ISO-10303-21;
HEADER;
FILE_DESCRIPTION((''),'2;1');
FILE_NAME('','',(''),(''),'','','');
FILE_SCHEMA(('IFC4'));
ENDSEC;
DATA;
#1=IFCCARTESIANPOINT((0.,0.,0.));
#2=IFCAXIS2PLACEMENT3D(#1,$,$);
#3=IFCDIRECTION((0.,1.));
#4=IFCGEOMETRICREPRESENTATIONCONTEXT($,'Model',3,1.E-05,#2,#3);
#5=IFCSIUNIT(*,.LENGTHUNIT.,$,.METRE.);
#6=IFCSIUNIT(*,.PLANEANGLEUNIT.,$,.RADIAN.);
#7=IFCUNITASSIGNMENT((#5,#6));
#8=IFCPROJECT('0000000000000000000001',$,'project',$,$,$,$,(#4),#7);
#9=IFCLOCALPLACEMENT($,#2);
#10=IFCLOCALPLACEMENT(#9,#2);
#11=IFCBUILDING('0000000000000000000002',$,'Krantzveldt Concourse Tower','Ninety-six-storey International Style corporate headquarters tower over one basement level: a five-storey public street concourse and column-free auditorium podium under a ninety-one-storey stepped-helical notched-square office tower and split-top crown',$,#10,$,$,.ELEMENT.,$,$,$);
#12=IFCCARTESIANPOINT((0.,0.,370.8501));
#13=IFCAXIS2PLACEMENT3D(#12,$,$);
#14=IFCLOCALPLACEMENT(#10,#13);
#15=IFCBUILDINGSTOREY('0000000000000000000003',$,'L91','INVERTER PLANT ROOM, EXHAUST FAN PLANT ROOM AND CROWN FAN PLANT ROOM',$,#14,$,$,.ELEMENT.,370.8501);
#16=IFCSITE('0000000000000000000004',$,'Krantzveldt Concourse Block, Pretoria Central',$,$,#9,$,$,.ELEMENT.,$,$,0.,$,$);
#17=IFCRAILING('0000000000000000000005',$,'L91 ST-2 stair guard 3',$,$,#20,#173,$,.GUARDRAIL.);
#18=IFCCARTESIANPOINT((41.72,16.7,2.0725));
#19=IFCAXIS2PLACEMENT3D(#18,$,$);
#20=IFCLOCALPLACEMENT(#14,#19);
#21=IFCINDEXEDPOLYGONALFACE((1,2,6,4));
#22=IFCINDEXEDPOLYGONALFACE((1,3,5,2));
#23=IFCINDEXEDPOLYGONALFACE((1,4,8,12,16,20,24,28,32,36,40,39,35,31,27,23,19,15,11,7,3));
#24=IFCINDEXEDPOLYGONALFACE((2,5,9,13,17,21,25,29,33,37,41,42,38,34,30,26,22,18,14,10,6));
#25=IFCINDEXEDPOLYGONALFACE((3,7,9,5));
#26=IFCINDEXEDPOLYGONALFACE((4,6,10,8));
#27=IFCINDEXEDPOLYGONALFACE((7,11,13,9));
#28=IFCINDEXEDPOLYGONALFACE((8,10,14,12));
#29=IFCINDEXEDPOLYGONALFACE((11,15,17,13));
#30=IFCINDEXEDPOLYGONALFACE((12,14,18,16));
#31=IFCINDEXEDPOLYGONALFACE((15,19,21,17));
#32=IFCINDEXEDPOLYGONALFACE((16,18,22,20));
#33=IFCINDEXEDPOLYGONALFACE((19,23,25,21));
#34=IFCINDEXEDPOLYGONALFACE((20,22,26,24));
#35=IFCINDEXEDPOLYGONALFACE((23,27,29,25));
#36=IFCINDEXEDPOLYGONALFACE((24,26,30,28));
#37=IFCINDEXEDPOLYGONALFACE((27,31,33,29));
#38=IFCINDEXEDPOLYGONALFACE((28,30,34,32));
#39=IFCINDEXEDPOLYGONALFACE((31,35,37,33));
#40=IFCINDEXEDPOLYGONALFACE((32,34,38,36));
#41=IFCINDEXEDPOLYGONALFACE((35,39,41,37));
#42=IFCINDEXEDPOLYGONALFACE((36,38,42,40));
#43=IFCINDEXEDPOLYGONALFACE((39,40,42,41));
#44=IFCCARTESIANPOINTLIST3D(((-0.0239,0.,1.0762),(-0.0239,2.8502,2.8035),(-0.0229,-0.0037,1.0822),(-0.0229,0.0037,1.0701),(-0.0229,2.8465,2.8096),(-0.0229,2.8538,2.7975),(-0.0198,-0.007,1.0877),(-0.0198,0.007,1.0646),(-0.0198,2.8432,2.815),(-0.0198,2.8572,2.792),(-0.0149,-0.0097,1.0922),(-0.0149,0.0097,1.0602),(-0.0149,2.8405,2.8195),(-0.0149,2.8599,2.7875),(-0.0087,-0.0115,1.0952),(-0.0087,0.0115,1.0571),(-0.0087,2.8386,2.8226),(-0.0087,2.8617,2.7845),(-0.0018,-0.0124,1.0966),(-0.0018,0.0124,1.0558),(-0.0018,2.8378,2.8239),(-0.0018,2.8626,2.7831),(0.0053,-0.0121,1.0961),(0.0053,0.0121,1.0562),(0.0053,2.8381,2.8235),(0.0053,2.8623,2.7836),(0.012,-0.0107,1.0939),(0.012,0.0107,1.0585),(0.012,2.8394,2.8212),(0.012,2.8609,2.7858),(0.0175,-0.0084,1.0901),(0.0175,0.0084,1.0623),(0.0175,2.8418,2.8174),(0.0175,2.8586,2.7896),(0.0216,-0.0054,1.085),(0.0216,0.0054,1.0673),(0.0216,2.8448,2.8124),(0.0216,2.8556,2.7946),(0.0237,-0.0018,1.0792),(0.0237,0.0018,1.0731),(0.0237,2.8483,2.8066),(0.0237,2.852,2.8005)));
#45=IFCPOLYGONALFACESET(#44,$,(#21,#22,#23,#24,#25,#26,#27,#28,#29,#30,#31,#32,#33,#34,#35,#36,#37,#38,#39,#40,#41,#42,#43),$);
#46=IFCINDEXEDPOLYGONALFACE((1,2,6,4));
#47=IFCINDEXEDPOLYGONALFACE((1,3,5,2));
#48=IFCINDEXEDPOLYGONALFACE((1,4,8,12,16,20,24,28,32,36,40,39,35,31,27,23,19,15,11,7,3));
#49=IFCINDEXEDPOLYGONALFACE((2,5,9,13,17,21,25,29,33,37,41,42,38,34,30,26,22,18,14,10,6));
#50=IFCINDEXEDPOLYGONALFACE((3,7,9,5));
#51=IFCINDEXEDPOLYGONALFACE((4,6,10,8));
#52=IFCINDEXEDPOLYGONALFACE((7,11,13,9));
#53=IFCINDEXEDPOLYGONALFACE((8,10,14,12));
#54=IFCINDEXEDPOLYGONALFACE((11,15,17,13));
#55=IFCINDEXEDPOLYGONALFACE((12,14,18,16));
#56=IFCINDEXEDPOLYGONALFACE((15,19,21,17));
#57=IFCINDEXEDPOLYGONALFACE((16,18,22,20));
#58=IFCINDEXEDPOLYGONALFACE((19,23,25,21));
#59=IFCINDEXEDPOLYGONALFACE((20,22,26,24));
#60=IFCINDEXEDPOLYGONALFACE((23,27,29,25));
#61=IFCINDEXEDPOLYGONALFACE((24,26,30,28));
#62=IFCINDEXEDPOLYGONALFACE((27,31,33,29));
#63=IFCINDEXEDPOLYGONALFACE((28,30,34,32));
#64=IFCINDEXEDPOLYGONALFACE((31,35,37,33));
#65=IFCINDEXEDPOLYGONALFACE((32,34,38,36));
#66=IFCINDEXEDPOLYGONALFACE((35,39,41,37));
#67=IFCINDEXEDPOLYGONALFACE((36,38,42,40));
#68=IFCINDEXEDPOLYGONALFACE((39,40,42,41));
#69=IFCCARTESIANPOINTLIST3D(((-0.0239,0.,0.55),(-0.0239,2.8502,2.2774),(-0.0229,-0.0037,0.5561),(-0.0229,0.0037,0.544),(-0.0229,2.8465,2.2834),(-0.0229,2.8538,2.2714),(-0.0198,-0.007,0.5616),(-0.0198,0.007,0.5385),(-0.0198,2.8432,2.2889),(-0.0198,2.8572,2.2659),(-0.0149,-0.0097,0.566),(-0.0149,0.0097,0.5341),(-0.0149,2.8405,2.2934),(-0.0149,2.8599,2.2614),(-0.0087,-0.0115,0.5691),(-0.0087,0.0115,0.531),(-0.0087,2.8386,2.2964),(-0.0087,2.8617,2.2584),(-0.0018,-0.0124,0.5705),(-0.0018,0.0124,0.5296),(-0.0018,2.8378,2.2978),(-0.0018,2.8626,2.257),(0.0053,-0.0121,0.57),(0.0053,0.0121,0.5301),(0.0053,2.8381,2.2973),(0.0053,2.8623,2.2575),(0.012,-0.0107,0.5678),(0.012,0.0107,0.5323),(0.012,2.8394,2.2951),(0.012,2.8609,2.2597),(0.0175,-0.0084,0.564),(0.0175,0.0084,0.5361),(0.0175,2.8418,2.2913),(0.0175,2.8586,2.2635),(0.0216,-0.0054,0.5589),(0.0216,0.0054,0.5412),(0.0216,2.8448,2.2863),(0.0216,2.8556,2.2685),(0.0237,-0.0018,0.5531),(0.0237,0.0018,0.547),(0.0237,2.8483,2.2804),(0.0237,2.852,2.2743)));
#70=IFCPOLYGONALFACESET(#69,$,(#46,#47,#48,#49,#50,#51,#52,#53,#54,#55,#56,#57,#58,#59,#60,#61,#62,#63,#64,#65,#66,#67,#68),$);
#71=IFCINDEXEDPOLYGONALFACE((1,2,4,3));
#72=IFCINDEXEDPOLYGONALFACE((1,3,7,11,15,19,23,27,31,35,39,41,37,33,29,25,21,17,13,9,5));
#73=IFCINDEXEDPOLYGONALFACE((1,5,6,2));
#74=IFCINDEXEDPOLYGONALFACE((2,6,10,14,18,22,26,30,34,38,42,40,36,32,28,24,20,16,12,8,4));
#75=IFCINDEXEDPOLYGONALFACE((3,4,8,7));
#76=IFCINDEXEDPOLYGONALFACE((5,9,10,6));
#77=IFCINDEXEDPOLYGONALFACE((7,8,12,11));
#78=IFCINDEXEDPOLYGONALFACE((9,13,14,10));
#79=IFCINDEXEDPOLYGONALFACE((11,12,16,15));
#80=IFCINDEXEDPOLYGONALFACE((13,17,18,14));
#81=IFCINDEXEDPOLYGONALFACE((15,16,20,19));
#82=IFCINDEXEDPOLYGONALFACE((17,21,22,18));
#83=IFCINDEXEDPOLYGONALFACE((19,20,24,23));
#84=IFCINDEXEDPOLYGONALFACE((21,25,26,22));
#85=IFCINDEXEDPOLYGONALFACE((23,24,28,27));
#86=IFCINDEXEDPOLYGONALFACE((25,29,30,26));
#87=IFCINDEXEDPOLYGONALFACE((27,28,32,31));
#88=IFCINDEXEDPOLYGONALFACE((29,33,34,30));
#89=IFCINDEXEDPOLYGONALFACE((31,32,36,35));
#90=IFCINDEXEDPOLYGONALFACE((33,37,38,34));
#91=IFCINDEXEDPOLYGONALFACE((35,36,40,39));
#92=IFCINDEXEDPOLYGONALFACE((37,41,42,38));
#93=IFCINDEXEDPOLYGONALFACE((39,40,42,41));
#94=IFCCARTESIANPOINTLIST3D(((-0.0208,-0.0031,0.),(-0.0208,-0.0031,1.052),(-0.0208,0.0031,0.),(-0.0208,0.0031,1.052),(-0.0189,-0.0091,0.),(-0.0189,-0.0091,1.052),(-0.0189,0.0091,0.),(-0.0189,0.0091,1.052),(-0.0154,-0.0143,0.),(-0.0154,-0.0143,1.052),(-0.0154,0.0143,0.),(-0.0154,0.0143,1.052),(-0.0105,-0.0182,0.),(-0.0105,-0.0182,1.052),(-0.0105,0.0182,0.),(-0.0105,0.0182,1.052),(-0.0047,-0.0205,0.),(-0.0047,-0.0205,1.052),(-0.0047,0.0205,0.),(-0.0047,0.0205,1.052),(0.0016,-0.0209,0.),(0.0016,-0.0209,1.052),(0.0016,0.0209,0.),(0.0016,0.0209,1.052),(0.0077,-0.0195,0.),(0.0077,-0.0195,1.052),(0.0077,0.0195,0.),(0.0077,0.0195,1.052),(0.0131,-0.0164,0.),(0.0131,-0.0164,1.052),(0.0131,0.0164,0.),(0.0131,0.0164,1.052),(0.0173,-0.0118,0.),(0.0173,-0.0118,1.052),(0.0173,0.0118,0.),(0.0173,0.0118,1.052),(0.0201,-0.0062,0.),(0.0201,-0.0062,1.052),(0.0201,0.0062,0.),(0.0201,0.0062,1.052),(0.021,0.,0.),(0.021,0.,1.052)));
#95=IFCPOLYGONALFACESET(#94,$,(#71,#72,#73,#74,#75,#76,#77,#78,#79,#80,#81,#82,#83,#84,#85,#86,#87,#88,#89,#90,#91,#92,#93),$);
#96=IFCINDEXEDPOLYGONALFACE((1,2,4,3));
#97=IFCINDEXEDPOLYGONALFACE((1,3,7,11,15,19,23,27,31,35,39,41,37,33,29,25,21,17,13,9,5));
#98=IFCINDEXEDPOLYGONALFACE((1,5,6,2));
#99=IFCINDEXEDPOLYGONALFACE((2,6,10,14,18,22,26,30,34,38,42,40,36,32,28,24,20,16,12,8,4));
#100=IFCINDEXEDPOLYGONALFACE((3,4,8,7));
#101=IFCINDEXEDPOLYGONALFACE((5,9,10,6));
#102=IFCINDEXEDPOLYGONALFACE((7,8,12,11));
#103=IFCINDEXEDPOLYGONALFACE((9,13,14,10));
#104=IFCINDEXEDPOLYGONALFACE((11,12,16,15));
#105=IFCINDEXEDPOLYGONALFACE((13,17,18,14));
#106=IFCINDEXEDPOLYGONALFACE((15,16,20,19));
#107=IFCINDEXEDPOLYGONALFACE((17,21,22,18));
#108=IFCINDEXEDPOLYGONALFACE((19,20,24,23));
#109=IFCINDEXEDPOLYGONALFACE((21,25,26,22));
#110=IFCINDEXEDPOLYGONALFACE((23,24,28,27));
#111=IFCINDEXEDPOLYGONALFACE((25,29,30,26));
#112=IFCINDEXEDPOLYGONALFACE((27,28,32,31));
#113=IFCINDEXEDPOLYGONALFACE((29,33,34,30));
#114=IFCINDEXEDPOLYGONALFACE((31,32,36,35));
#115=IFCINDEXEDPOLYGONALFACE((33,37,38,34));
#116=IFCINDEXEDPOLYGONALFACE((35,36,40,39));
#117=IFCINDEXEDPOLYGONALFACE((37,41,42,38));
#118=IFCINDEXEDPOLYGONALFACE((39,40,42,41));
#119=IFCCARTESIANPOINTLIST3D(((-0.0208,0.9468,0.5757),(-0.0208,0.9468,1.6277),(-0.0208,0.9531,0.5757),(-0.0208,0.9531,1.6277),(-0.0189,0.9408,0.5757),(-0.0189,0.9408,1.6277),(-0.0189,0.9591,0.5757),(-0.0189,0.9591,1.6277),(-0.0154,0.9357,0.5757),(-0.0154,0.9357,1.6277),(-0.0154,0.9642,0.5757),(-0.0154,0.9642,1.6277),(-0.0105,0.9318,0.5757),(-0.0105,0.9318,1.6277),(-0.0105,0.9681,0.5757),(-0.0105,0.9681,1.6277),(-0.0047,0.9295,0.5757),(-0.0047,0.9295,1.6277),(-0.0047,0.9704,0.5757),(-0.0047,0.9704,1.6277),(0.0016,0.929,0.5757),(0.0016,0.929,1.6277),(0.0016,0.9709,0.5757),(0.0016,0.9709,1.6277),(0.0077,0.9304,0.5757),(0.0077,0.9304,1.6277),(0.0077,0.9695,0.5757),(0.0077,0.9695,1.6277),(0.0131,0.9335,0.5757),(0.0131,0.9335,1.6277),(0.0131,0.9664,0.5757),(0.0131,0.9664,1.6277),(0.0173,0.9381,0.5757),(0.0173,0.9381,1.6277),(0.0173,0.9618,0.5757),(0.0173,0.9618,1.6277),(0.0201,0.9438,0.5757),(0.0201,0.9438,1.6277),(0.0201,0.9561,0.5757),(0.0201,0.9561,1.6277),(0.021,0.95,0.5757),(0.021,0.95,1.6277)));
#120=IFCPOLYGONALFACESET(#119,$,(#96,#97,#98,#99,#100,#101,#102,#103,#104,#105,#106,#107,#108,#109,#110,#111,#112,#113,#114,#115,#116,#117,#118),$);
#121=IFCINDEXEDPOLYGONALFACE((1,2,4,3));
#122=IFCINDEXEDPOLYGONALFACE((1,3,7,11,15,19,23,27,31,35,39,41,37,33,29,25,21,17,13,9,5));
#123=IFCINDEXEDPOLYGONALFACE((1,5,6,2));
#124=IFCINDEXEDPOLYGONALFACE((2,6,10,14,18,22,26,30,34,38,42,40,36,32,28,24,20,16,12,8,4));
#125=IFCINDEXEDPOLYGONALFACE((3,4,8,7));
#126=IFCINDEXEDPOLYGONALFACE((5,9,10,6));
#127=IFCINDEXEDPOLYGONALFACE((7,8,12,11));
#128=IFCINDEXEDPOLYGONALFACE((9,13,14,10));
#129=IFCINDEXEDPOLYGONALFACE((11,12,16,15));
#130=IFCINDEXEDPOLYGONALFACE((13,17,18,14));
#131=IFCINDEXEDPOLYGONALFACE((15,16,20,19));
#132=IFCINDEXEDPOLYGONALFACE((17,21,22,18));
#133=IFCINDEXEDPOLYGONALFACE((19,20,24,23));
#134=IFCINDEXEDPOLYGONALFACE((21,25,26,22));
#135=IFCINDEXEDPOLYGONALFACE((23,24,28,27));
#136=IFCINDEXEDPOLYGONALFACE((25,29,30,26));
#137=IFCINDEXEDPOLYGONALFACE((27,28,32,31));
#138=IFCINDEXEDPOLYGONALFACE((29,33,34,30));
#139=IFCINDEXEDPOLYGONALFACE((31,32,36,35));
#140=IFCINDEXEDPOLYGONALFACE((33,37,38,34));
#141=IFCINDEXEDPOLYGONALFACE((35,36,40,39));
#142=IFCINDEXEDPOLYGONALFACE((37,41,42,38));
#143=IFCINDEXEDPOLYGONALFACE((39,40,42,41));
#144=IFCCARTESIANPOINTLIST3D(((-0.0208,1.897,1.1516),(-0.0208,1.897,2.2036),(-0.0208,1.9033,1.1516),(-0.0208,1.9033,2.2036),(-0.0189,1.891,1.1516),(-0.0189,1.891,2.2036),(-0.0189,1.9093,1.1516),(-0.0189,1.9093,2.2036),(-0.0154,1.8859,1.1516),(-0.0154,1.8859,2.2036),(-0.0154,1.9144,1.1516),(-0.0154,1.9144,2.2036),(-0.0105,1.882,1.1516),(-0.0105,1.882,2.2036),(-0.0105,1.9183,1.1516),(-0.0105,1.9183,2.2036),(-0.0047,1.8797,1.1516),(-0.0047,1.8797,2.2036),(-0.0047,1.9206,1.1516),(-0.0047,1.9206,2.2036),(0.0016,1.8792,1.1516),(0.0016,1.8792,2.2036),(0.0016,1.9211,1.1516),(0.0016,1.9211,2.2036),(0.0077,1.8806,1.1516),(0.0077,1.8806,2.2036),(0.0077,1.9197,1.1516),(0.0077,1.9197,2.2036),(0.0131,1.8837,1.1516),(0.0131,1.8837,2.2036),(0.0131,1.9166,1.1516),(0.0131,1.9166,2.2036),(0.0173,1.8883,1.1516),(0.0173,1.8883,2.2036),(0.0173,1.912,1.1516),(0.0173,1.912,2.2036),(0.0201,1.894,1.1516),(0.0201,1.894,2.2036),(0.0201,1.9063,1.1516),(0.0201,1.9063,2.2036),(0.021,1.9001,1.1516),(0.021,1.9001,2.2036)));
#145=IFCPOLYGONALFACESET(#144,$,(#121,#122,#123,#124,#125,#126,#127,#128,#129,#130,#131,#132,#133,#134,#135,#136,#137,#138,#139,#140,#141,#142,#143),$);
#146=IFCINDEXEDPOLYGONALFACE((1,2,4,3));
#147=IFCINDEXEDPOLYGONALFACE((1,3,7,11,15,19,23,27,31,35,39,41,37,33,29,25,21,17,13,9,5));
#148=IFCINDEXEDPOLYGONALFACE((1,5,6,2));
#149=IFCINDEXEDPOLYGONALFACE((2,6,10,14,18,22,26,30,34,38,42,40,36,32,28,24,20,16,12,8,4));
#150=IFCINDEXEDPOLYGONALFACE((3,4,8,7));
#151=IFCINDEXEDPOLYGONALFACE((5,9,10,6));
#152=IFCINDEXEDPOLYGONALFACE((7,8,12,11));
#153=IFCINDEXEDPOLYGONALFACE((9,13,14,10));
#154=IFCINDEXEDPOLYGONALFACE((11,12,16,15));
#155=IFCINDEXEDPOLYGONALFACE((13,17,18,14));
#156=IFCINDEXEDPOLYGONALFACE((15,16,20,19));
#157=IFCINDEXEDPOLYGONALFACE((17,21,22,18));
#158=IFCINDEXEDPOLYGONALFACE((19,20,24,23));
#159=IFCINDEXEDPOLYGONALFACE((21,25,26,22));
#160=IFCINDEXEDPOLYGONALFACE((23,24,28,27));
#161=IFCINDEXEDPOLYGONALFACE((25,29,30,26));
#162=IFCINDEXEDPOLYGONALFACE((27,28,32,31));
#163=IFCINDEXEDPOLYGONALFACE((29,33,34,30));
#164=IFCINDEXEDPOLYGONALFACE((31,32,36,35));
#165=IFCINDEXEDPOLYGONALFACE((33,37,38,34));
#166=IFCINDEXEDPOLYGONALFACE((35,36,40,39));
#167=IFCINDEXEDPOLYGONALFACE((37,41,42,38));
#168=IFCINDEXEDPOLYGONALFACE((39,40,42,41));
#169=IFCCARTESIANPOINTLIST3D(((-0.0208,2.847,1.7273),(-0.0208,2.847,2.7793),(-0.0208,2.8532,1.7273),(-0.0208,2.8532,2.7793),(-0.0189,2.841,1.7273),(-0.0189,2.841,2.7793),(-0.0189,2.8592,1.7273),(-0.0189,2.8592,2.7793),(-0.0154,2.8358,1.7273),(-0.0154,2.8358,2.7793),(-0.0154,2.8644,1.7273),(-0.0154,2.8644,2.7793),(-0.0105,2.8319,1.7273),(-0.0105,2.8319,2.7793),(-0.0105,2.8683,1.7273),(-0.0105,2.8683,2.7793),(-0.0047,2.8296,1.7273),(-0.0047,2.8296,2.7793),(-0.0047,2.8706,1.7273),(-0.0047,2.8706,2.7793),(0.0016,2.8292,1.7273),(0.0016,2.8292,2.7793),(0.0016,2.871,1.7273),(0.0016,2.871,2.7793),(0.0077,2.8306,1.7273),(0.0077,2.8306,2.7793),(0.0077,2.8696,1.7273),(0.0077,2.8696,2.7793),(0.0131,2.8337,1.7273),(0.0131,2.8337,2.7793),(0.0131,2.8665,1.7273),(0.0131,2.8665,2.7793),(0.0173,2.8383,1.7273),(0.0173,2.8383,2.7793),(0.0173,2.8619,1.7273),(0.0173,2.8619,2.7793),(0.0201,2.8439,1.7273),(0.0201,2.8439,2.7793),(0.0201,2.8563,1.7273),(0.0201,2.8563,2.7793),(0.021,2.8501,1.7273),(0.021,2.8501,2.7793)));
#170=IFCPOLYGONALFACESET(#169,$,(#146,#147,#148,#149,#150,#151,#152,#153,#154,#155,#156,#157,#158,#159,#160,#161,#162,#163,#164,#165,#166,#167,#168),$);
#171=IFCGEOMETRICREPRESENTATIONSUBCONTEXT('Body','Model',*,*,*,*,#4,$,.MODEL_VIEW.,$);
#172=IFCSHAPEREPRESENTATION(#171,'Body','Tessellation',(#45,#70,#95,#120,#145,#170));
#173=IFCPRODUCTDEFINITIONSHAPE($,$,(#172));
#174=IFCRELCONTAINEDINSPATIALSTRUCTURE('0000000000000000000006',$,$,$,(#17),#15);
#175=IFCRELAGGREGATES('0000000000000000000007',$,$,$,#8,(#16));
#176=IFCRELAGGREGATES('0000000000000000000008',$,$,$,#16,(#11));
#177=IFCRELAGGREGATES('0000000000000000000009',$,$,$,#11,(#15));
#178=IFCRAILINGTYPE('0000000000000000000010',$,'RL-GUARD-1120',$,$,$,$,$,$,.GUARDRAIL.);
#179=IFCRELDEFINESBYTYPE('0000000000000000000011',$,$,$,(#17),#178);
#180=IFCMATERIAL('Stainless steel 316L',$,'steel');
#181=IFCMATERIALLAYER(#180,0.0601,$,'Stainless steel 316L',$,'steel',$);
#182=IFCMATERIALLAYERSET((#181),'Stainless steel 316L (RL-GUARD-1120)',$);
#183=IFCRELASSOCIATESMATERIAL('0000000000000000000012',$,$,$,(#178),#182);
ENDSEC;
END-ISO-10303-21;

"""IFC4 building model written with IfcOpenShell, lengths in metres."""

from ifc_helpers import new_model, si_unit, direction, frame, origin, origin_2d, place, context, subcontext, project, spatial, circle, extrude, material, layer, layer_set, type_object, element, save


model = new_model("IFC4")

# Units and contexts
model_context = context("Model", 3, precision=1e-05, world=origin(), true_north=direction((0.0, 1.0)))
body_context = subcontext(model_context, "Body", "Model", "MODEL_VIEW")
ifc_project = project(units=[si_unit("LENGTHUNIT", "METRE"), si_unit("PLANEANGLEUNIT", "RADIAN")], contexts=[model_context])

# Site, building, storey
site_placement = place(None, origin())
site = spatial("IfcSite", under=ifc_project, at=site_placement, Name="Krantzveldt Concourse Block, Pretoria Central", CompositionType="ELEMENT", RefElevation=0.0)
building_placement = place(site_placement, origin())
building = spatial("IfcBuilding", under=site, at=building_placement, Name="Krantzveldt Concourse Tower", Description="Ninety-six-storey International Style corporate headquarters tower over one basement level: a five-storey public street concourse and column-free auditorium podium under a ninety-one-storey stepped-helical notched-square office tower and split-top crown", CompositionType="ELEMENT")
storey_placement = place(building_placement, frame((0.0, 0.0, 370.8501)))
storey = spatial("IfcBuildingStorey", under=building, at=storey_placement, Name="L91", Description="INVERTER PLANT ROOM, EXHAUST FAN PLANT ROOM AND CROWN FAN PLANT ROOM", CompositionType="ELEMENT", Elevation=370.8501)

# Shared definitions
ifc_material_1 = material(Name="Stainless steel 316L", Category="steel")

# Railing
ifc_layer_1 = layer(ifc_material_1, 0.0601, Name="Stainless steel 316L", Category="steel")
ifc_layer_set_1 = layer_set([ifc_layer_1], Name="Stainless steel 316L (RL-GUARD-1120)")
railing_type_1 = type_object("IfcRailingType", Name="RL-GUARD-1120", PredefinedType="GUARDRAIL", material=ifc_layer_set_1)
railing_1_placement = place(storey_placement, frame((41.72, 16.7, 2.0725)))
element("IfcRailing", 1, at=railing_1_placement, inside=storey, type_object=railing_type_1, Name="L91 ST-2 stair guard 3", PredefinedType="GUARDRAIL", context=body_context, shape_type="SweptSolid", body=[
    extrude(circle(Radius=0.0239, at=origin_2d()), frame((0.0, 0.0, 1.0762), z_axis=(0.0, 0.855203, 0.518294), x_axis=(-1.0, 0.0, 0.0)), (0.0, 0.0, 1.0), 3.3328),
    extrude(circle(Radius=0.0239, at=origin_2d()), frame((0.0, 0.0, 0.55), z_axis=(0.0, 0.855203, 0.518294), x_axis=(-1.0, 0.0, 0.0)), (0.0, 0.0, 1.0), 3.3328),
    extrude(circle(Radius=0.021, at=origin_2d()), origin(), (0.0, 0.0, 1.0), 1.052),
    extrude(circle(Radius=0.021, at=origin_2d()), frame((0.0, 0.95, 0.5757)), (0.0, 0.0, 1.0), 1.052),
    extrude(circle(Radius=0.021, at=origin_2d()), frame((0.0, 1.9001, 1.1516)), (0.0, 0.0, 1.0), 1.052),
    extrude(circle(Radius=0.021, at=origin_2d()), frame((0.0, 2.8501, 1.7273)), (0.0, 0.0, 1.0), 1.052),
])

save(model, "model.ifc")
